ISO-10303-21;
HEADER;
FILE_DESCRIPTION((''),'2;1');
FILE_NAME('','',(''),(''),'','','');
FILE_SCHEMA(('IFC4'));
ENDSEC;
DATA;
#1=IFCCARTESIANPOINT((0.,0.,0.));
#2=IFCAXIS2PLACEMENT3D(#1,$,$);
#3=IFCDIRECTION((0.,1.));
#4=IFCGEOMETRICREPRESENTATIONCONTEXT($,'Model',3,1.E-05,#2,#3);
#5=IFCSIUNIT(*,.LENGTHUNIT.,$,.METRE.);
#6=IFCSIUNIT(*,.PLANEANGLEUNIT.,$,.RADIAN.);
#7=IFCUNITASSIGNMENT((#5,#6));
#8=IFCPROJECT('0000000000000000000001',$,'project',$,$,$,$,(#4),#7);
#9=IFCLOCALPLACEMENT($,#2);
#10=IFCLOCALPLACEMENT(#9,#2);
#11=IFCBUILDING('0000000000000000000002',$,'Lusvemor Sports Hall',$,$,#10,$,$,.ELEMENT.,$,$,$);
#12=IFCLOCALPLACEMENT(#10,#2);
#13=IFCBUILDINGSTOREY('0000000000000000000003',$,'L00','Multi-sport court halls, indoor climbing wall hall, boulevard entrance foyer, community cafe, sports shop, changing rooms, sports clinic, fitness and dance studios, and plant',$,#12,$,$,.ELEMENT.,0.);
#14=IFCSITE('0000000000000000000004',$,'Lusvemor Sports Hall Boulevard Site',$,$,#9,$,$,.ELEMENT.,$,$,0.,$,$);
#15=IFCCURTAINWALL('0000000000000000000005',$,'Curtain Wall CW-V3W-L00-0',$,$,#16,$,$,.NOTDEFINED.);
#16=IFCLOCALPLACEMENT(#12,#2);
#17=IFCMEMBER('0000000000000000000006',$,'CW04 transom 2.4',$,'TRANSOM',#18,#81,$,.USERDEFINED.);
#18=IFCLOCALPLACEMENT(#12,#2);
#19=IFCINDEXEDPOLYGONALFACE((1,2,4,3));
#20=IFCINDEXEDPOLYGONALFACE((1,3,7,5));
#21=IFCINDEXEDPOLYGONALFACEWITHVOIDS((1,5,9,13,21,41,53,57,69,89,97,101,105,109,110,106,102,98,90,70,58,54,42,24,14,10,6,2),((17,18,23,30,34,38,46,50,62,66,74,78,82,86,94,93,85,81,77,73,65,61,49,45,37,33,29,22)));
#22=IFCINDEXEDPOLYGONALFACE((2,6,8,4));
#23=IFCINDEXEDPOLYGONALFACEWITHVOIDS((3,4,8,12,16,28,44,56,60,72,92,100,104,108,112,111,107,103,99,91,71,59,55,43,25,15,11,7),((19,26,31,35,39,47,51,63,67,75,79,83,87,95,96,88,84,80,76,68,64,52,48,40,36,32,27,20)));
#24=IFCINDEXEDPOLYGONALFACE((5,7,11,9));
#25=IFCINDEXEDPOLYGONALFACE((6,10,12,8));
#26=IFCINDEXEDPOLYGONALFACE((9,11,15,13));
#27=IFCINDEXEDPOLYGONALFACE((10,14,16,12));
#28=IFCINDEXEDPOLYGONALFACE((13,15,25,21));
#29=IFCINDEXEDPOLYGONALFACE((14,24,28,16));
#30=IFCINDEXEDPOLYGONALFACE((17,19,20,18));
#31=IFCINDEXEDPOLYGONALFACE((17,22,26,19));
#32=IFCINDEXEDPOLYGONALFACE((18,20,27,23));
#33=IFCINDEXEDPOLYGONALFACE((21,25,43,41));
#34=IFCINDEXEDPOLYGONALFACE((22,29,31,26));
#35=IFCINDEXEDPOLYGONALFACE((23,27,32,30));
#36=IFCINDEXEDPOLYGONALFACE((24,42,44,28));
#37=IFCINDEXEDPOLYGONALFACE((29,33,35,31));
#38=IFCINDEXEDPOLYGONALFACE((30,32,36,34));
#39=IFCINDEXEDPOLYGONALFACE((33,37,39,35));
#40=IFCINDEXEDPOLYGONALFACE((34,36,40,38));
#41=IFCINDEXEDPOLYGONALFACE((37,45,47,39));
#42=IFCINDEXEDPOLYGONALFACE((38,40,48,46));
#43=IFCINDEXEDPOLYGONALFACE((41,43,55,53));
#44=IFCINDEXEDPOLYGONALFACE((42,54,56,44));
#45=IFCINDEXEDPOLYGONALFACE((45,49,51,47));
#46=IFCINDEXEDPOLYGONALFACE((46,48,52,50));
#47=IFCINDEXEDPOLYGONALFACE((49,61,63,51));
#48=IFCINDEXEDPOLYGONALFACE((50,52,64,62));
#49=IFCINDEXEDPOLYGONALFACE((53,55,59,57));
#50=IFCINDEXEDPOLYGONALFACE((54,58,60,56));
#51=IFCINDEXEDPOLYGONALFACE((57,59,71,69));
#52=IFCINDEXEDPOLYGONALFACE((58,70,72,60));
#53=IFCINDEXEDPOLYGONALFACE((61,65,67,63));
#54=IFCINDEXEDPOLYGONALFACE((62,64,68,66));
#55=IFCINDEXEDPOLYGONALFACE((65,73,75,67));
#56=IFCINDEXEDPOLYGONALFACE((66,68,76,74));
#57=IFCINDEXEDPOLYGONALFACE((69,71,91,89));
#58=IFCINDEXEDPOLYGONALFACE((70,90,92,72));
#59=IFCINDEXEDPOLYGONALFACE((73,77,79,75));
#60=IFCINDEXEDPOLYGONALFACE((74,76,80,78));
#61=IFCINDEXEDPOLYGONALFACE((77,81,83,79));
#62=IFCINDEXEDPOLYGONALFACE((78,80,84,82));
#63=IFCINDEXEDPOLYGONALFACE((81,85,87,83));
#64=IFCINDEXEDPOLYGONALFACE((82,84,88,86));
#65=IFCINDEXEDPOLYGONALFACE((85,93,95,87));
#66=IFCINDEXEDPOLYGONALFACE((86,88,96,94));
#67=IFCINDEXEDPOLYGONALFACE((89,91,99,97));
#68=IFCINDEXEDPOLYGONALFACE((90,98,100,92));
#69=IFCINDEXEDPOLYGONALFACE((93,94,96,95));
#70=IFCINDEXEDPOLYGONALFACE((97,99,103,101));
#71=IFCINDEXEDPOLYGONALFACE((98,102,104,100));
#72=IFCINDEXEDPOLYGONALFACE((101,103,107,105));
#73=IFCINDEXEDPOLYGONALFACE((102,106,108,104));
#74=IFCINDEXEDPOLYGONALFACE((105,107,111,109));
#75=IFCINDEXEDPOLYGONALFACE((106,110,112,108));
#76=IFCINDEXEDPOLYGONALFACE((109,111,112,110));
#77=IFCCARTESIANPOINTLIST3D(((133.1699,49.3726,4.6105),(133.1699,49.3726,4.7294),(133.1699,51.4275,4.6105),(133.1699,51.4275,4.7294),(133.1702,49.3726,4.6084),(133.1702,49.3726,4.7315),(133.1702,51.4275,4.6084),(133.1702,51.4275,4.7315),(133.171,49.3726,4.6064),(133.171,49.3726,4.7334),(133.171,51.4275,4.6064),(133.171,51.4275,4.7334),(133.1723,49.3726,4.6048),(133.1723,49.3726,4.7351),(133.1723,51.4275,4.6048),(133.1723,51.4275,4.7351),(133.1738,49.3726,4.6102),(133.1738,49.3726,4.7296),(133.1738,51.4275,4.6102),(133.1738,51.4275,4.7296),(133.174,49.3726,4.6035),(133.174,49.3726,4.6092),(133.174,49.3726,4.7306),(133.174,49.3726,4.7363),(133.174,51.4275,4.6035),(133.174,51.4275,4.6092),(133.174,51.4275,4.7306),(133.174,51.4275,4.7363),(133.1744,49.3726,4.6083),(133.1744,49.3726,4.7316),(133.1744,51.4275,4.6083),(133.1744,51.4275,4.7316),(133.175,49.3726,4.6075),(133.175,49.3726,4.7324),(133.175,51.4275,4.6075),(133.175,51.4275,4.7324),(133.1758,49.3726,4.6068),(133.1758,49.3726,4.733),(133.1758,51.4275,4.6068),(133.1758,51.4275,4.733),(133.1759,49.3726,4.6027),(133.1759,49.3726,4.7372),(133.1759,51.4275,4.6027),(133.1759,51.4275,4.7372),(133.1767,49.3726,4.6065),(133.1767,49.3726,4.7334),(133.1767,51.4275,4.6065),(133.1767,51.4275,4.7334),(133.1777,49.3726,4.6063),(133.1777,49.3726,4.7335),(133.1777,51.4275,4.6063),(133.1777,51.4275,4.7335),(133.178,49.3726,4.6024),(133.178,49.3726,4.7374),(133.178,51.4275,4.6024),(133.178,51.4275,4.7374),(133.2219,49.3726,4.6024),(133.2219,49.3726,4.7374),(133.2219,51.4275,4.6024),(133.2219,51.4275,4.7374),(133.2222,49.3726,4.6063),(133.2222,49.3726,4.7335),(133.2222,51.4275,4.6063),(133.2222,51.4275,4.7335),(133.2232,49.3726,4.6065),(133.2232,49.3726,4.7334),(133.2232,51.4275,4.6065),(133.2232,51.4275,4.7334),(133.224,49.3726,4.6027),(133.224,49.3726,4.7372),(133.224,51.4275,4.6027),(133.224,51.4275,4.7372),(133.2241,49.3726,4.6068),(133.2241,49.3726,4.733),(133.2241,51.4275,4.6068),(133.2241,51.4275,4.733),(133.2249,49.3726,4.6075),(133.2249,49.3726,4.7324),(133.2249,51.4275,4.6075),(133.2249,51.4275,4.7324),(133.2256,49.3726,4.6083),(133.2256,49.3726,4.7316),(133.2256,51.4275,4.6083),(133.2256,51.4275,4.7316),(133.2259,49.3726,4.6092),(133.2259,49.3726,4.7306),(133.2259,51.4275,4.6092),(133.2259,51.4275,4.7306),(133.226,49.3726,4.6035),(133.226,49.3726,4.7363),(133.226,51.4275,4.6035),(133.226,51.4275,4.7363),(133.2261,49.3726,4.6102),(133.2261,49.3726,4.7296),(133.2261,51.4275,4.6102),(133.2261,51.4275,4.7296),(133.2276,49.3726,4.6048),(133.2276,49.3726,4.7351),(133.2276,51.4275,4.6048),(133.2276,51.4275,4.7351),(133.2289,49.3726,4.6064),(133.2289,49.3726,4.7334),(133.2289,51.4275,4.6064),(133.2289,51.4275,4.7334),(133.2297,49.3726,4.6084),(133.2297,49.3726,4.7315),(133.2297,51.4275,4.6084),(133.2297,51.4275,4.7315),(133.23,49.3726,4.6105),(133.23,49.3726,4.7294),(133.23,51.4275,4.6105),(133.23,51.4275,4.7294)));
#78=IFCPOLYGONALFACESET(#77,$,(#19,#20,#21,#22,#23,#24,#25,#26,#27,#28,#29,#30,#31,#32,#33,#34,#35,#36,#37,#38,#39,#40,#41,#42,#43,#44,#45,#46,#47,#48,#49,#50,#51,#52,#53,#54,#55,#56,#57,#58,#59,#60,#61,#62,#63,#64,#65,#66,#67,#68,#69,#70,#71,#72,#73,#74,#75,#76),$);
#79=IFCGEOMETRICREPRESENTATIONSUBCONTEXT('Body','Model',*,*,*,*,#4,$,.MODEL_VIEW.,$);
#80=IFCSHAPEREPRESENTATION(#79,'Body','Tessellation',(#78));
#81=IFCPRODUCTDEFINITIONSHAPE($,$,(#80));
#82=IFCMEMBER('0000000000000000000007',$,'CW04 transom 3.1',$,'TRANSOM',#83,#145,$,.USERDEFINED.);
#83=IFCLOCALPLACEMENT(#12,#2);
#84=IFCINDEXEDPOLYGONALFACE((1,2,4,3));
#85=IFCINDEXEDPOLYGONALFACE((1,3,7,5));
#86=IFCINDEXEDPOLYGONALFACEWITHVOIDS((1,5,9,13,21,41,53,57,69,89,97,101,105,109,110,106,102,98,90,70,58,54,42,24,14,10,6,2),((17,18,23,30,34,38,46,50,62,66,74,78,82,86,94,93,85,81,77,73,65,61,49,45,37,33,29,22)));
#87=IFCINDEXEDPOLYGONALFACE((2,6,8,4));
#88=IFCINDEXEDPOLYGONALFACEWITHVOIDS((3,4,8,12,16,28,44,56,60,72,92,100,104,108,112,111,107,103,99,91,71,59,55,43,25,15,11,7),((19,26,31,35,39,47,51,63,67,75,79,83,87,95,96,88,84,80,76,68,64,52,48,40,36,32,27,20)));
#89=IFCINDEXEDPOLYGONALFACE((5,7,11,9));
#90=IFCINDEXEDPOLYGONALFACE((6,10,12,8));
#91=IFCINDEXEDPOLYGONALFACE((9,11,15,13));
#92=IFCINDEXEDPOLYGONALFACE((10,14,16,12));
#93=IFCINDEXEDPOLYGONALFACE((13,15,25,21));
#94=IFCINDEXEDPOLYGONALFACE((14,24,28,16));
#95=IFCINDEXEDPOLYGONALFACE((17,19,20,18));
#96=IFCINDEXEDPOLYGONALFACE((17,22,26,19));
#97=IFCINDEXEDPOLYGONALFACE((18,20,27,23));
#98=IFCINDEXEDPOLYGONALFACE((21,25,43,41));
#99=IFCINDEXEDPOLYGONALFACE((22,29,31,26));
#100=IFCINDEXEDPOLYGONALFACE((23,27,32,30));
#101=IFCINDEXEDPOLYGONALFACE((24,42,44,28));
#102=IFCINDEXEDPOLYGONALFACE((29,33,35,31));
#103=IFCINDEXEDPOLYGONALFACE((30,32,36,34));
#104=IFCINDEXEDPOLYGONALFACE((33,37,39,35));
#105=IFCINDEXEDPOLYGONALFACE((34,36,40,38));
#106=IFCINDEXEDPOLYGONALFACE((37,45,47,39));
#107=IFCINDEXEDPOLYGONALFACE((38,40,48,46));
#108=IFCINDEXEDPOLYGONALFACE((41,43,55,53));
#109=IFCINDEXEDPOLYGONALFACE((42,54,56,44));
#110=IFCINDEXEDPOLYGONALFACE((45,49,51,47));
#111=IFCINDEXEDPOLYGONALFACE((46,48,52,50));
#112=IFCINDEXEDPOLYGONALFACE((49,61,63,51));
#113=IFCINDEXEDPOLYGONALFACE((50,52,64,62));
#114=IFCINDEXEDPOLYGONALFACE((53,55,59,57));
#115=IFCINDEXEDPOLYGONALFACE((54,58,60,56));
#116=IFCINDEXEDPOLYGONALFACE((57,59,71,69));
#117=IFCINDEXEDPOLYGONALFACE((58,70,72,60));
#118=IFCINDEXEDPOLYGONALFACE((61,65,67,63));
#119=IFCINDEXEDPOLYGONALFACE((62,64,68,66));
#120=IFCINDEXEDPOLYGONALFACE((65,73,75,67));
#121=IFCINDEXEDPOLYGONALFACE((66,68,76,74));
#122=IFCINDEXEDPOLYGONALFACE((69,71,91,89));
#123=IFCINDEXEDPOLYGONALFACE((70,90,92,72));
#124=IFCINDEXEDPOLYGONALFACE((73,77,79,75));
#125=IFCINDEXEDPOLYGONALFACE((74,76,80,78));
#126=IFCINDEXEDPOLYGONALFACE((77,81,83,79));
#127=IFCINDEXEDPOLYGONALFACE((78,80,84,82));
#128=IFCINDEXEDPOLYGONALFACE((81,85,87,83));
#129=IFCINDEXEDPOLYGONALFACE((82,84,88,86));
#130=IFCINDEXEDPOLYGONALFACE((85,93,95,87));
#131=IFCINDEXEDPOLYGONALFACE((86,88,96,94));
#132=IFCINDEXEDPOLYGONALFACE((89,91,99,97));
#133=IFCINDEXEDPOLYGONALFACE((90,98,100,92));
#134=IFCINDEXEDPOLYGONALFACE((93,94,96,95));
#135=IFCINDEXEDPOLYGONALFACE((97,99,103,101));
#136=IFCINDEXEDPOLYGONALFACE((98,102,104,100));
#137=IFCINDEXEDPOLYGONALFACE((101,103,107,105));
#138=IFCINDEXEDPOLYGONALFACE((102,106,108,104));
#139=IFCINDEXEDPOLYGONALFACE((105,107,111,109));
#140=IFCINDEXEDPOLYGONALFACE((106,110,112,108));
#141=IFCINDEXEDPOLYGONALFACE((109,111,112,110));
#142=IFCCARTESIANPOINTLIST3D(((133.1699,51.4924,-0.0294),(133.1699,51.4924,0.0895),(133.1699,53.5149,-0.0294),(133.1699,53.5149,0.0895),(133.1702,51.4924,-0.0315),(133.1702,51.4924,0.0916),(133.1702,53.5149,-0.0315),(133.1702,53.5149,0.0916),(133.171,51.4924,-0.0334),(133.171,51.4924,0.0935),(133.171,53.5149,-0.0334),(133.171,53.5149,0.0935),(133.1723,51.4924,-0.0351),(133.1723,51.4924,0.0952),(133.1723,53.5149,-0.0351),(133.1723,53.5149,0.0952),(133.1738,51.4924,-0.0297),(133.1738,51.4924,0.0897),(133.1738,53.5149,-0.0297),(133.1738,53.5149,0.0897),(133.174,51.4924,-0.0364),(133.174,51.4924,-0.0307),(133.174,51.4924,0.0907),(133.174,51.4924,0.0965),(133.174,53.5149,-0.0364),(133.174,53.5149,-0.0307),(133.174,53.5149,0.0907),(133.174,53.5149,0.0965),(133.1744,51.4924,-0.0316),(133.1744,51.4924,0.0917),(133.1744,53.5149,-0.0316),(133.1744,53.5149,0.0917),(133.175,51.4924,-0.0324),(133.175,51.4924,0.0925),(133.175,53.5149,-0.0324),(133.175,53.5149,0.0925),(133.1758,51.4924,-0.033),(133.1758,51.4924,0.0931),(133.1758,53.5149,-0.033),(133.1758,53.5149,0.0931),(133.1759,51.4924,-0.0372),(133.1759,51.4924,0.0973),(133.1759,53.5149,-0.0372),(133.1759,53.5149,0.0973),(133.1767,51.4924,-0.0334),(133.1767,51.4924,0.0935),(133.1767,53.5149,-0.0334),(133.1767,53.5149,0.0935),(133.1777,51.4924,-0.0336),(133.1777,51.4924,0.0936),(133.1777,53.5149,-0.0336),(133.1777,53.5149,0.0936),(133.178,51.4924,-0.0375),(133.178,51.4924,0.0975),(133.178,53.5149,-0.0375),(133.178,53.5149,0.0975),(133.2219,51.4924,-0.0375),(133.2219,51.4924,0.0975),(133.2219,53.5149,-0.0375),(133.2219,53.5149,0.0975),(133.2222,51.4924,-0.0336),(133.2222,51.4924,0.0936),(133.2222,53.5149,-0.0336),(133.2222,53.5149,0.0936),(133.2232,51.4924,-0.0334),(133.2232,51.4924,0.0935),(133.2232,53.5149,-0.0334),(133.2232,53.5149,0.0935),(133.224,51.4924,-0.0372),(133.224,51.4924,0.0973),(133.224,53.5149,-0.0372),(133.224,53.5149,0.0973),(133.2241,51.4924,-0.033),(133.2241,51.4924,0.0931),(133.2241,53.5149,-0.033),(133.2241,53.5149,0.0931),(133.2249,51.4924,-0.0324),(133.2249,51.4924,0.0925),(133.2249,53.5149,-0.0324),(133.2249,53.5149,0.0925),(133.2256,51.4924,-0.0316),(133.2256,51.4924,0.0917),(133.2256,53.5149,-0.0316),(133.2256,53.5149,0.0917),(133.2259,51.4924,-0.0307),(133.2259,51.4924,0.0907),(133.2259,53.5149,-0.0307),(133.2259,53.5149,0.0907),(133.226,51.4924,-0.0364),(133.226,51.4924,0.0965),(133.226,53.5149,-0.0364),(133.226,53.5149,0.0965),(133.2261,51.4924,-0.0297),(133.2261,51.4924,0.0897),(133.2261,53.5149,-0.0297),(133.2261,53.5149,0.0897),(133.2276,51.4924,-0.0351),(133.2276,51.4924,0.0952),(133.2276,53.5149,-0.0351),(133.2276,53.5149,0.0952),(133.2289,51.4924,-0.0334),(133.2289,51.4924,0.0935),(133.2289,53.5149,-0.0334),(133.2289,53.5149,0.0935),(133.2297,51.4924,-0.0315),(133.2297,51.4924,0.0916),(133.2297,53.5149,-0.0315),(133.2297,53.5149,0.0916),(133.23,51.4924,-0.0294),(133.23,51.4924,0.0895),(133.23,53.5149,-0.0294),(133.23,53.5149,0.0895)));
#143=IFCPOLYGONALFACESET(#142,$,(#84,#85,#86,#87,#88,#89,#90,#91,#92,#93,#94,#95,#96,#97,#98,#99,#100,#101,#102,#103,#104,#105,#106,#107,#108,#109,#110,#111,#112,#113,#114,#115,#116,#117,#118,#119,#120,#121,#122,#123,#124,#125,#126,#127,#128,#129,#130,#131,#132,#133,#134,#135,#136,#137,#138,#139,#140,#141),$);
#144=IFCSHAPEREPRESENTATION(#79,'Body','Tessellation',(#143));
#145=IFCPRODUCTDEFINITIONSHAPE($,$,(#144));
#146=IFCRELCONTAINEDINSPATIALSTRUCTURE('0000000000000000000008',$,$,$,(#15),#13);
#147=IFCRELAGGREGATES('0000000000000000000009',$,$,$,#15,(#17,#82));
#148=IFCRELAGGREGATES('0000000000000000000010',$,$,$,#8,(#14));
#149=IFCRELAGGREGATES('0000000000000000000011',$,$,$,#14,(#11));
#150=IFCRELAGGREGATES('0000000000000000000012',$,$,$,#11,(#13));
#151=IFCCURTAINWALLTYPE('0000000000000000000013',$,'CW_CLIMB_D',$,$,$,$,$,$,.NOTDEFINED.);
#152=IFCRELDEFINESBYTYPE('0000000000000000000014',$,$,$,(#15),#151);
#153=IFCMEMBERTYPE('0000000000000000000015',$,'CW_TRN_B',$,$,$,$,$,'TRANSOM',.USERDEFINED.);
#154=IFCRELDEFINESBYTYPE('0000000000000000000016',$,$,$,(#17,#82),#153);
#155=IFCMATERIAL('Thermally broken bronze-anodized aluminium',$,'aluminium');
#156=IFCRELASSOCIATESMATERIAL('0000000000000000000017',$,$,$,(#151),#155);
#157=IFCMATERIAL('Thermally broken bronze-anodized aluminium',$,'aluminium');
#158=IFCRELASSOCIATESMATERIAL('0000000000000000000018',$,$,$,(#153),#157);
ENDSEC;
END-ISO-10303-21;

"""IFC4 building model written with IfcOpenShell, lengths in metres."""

from ifc_helpers import new_model, si_unit, direction, frame, origin, origin_2d, place, context, subcontext, project, spatial, hollow_rectangle, extrude, material, material_profile, profile_set, type_object, element, aggregate, save


model = new_model("IFC4")

# Units and contexts
model_context = context("Model", 3, precision=1e-05, world=origin(), true_north=direction((0.0, 1.0)))
body_context = subcontext(model_context, "Body", "Model", "MODEL_VIEW")
ifc_project = project(units=[si_unit("LENGTHUNIT", "METRE"), si_unit("PLANEANGLEUNIT", "RADIAN")], contexts=[model_context])

# Site, building, storey
site_placement = place(None, origin())
site = spatial("IfcSite", under=ifc_project, at=site_placement, Name="Lusvemor Sports Hall Boulevard Site", CompositionType="ELEMENT", RefElevation=0.0)
building_placement = place(site_placement, origin())
building = spatial("IfcBuilding", under=site, at=building_placement, Name="Lusvemor Sports Hall", CompositionType="ELEMENT")
storey_placement = place(building_placement, origin())
storey = spatial("IfcBuildingStorey", under=building, at=storey_placement, Name="L00", Description="Multi-sport court halls, indoor climbing wall hall, boulevard entrance foyer, community cafe, sports shop, changing rooms, sports clinic, fitness and dance studios, and plant", CompositionType="ELEMENT", Elevation=0.0)

# Curtain wall, members
ifc_material_1 = material(Name="Thermally broken bronze-anodized aluminium", Category="aluminium")
curtain_wall_type = type_object("IfcCurtainWallType", Name="CW_CLIMB_D", PredefinedType="NOTDEFINED", material=ifc_material_1)
curtain_wall_placement = place(storey_placement, origin())
curtain_wall = element("IfcCurtainWall", 1, at=curtain_wall_placement, inside=storey, type_object=curtain_wall_type, Name="Curtain Wall CW-V3W-L00-0", PredefinedType="NOTDEFINED")
ifc_material_2 = material(Name="Thermally broken bronze-anodized aluminium", Category="aluminium")
ifc_material_profile_1 = material_profile(ifc_material_2, hollow_rectangle(XDim=0.0601, YDim=0.135, WallThickness=0.0039, InnerFilletRadius=0.0039, OuterFilletRadius=0.0081, at=origin_2d()), Name="CWTRN135x60x4")
ifc_profile_set_1 = profile_set([ifc_material_profile_1], Name="Thermally broken bronze-anodized aluminium")
member_type_1 = type_object("IfcMemberType", Name="CW_TRN_B", ElementType="TRANSOM", PredefinedType="USERDEFINED", material=ifc_profile_set_1)
member_1_placement = place(storey_placement, frame((133.2, 49.3726, 4.6699), z_axis=(0.0, 1.0, 0.0), x_axis=(-1.0, 0.0, 0.0)))
member_1 = element("IfcMember", 2, at=member_1_placement, type_object=member_type_1, Name="CW04 transom 2.4", ObjectType="TRANSOM", PredefinedType="USERDEFINED", context=body_context, shape_type="SweptSolid", body=[
    extrude(hollow_rectangle(XDim=0.0601, YDim=0.135, WallThickness=0.0039, InnerFilletRadius=0.0039, OuterFilletRadius=0.0081, at=origin_2d()), origin(), (0.0, 0.0, 1.0), 2.0549),
])
member_2_placement = place(storey_placement, frame((133.2, 51.4924, 0.03), z_axis=(0.0, 1.0, 0.0), x_axis=(-1.0, 0.0, 0.0)))
member_2 = element("IfcMember", 3, at=member_2_placement, type_object=member_type_1, Name="CW04 transom 3.1", ObjectType="TRANSOM", PredefinedType="USERDEFINED", context=body_context, shape_type="SweptSolid", body=[
    extrude(hollow_rectangle(XDim=0.0601, YDim=0.135, WallThickness=0.0039, InnerFilletRadius=0.0039, OuterFilletRadius=0.0081, at=origin_2d()), origin(), (0.0, 0.0, 1.0), 2.0225),
])
aggregate(curtain_wall, [member_1, member_2])

save(model, "model.ifc")
